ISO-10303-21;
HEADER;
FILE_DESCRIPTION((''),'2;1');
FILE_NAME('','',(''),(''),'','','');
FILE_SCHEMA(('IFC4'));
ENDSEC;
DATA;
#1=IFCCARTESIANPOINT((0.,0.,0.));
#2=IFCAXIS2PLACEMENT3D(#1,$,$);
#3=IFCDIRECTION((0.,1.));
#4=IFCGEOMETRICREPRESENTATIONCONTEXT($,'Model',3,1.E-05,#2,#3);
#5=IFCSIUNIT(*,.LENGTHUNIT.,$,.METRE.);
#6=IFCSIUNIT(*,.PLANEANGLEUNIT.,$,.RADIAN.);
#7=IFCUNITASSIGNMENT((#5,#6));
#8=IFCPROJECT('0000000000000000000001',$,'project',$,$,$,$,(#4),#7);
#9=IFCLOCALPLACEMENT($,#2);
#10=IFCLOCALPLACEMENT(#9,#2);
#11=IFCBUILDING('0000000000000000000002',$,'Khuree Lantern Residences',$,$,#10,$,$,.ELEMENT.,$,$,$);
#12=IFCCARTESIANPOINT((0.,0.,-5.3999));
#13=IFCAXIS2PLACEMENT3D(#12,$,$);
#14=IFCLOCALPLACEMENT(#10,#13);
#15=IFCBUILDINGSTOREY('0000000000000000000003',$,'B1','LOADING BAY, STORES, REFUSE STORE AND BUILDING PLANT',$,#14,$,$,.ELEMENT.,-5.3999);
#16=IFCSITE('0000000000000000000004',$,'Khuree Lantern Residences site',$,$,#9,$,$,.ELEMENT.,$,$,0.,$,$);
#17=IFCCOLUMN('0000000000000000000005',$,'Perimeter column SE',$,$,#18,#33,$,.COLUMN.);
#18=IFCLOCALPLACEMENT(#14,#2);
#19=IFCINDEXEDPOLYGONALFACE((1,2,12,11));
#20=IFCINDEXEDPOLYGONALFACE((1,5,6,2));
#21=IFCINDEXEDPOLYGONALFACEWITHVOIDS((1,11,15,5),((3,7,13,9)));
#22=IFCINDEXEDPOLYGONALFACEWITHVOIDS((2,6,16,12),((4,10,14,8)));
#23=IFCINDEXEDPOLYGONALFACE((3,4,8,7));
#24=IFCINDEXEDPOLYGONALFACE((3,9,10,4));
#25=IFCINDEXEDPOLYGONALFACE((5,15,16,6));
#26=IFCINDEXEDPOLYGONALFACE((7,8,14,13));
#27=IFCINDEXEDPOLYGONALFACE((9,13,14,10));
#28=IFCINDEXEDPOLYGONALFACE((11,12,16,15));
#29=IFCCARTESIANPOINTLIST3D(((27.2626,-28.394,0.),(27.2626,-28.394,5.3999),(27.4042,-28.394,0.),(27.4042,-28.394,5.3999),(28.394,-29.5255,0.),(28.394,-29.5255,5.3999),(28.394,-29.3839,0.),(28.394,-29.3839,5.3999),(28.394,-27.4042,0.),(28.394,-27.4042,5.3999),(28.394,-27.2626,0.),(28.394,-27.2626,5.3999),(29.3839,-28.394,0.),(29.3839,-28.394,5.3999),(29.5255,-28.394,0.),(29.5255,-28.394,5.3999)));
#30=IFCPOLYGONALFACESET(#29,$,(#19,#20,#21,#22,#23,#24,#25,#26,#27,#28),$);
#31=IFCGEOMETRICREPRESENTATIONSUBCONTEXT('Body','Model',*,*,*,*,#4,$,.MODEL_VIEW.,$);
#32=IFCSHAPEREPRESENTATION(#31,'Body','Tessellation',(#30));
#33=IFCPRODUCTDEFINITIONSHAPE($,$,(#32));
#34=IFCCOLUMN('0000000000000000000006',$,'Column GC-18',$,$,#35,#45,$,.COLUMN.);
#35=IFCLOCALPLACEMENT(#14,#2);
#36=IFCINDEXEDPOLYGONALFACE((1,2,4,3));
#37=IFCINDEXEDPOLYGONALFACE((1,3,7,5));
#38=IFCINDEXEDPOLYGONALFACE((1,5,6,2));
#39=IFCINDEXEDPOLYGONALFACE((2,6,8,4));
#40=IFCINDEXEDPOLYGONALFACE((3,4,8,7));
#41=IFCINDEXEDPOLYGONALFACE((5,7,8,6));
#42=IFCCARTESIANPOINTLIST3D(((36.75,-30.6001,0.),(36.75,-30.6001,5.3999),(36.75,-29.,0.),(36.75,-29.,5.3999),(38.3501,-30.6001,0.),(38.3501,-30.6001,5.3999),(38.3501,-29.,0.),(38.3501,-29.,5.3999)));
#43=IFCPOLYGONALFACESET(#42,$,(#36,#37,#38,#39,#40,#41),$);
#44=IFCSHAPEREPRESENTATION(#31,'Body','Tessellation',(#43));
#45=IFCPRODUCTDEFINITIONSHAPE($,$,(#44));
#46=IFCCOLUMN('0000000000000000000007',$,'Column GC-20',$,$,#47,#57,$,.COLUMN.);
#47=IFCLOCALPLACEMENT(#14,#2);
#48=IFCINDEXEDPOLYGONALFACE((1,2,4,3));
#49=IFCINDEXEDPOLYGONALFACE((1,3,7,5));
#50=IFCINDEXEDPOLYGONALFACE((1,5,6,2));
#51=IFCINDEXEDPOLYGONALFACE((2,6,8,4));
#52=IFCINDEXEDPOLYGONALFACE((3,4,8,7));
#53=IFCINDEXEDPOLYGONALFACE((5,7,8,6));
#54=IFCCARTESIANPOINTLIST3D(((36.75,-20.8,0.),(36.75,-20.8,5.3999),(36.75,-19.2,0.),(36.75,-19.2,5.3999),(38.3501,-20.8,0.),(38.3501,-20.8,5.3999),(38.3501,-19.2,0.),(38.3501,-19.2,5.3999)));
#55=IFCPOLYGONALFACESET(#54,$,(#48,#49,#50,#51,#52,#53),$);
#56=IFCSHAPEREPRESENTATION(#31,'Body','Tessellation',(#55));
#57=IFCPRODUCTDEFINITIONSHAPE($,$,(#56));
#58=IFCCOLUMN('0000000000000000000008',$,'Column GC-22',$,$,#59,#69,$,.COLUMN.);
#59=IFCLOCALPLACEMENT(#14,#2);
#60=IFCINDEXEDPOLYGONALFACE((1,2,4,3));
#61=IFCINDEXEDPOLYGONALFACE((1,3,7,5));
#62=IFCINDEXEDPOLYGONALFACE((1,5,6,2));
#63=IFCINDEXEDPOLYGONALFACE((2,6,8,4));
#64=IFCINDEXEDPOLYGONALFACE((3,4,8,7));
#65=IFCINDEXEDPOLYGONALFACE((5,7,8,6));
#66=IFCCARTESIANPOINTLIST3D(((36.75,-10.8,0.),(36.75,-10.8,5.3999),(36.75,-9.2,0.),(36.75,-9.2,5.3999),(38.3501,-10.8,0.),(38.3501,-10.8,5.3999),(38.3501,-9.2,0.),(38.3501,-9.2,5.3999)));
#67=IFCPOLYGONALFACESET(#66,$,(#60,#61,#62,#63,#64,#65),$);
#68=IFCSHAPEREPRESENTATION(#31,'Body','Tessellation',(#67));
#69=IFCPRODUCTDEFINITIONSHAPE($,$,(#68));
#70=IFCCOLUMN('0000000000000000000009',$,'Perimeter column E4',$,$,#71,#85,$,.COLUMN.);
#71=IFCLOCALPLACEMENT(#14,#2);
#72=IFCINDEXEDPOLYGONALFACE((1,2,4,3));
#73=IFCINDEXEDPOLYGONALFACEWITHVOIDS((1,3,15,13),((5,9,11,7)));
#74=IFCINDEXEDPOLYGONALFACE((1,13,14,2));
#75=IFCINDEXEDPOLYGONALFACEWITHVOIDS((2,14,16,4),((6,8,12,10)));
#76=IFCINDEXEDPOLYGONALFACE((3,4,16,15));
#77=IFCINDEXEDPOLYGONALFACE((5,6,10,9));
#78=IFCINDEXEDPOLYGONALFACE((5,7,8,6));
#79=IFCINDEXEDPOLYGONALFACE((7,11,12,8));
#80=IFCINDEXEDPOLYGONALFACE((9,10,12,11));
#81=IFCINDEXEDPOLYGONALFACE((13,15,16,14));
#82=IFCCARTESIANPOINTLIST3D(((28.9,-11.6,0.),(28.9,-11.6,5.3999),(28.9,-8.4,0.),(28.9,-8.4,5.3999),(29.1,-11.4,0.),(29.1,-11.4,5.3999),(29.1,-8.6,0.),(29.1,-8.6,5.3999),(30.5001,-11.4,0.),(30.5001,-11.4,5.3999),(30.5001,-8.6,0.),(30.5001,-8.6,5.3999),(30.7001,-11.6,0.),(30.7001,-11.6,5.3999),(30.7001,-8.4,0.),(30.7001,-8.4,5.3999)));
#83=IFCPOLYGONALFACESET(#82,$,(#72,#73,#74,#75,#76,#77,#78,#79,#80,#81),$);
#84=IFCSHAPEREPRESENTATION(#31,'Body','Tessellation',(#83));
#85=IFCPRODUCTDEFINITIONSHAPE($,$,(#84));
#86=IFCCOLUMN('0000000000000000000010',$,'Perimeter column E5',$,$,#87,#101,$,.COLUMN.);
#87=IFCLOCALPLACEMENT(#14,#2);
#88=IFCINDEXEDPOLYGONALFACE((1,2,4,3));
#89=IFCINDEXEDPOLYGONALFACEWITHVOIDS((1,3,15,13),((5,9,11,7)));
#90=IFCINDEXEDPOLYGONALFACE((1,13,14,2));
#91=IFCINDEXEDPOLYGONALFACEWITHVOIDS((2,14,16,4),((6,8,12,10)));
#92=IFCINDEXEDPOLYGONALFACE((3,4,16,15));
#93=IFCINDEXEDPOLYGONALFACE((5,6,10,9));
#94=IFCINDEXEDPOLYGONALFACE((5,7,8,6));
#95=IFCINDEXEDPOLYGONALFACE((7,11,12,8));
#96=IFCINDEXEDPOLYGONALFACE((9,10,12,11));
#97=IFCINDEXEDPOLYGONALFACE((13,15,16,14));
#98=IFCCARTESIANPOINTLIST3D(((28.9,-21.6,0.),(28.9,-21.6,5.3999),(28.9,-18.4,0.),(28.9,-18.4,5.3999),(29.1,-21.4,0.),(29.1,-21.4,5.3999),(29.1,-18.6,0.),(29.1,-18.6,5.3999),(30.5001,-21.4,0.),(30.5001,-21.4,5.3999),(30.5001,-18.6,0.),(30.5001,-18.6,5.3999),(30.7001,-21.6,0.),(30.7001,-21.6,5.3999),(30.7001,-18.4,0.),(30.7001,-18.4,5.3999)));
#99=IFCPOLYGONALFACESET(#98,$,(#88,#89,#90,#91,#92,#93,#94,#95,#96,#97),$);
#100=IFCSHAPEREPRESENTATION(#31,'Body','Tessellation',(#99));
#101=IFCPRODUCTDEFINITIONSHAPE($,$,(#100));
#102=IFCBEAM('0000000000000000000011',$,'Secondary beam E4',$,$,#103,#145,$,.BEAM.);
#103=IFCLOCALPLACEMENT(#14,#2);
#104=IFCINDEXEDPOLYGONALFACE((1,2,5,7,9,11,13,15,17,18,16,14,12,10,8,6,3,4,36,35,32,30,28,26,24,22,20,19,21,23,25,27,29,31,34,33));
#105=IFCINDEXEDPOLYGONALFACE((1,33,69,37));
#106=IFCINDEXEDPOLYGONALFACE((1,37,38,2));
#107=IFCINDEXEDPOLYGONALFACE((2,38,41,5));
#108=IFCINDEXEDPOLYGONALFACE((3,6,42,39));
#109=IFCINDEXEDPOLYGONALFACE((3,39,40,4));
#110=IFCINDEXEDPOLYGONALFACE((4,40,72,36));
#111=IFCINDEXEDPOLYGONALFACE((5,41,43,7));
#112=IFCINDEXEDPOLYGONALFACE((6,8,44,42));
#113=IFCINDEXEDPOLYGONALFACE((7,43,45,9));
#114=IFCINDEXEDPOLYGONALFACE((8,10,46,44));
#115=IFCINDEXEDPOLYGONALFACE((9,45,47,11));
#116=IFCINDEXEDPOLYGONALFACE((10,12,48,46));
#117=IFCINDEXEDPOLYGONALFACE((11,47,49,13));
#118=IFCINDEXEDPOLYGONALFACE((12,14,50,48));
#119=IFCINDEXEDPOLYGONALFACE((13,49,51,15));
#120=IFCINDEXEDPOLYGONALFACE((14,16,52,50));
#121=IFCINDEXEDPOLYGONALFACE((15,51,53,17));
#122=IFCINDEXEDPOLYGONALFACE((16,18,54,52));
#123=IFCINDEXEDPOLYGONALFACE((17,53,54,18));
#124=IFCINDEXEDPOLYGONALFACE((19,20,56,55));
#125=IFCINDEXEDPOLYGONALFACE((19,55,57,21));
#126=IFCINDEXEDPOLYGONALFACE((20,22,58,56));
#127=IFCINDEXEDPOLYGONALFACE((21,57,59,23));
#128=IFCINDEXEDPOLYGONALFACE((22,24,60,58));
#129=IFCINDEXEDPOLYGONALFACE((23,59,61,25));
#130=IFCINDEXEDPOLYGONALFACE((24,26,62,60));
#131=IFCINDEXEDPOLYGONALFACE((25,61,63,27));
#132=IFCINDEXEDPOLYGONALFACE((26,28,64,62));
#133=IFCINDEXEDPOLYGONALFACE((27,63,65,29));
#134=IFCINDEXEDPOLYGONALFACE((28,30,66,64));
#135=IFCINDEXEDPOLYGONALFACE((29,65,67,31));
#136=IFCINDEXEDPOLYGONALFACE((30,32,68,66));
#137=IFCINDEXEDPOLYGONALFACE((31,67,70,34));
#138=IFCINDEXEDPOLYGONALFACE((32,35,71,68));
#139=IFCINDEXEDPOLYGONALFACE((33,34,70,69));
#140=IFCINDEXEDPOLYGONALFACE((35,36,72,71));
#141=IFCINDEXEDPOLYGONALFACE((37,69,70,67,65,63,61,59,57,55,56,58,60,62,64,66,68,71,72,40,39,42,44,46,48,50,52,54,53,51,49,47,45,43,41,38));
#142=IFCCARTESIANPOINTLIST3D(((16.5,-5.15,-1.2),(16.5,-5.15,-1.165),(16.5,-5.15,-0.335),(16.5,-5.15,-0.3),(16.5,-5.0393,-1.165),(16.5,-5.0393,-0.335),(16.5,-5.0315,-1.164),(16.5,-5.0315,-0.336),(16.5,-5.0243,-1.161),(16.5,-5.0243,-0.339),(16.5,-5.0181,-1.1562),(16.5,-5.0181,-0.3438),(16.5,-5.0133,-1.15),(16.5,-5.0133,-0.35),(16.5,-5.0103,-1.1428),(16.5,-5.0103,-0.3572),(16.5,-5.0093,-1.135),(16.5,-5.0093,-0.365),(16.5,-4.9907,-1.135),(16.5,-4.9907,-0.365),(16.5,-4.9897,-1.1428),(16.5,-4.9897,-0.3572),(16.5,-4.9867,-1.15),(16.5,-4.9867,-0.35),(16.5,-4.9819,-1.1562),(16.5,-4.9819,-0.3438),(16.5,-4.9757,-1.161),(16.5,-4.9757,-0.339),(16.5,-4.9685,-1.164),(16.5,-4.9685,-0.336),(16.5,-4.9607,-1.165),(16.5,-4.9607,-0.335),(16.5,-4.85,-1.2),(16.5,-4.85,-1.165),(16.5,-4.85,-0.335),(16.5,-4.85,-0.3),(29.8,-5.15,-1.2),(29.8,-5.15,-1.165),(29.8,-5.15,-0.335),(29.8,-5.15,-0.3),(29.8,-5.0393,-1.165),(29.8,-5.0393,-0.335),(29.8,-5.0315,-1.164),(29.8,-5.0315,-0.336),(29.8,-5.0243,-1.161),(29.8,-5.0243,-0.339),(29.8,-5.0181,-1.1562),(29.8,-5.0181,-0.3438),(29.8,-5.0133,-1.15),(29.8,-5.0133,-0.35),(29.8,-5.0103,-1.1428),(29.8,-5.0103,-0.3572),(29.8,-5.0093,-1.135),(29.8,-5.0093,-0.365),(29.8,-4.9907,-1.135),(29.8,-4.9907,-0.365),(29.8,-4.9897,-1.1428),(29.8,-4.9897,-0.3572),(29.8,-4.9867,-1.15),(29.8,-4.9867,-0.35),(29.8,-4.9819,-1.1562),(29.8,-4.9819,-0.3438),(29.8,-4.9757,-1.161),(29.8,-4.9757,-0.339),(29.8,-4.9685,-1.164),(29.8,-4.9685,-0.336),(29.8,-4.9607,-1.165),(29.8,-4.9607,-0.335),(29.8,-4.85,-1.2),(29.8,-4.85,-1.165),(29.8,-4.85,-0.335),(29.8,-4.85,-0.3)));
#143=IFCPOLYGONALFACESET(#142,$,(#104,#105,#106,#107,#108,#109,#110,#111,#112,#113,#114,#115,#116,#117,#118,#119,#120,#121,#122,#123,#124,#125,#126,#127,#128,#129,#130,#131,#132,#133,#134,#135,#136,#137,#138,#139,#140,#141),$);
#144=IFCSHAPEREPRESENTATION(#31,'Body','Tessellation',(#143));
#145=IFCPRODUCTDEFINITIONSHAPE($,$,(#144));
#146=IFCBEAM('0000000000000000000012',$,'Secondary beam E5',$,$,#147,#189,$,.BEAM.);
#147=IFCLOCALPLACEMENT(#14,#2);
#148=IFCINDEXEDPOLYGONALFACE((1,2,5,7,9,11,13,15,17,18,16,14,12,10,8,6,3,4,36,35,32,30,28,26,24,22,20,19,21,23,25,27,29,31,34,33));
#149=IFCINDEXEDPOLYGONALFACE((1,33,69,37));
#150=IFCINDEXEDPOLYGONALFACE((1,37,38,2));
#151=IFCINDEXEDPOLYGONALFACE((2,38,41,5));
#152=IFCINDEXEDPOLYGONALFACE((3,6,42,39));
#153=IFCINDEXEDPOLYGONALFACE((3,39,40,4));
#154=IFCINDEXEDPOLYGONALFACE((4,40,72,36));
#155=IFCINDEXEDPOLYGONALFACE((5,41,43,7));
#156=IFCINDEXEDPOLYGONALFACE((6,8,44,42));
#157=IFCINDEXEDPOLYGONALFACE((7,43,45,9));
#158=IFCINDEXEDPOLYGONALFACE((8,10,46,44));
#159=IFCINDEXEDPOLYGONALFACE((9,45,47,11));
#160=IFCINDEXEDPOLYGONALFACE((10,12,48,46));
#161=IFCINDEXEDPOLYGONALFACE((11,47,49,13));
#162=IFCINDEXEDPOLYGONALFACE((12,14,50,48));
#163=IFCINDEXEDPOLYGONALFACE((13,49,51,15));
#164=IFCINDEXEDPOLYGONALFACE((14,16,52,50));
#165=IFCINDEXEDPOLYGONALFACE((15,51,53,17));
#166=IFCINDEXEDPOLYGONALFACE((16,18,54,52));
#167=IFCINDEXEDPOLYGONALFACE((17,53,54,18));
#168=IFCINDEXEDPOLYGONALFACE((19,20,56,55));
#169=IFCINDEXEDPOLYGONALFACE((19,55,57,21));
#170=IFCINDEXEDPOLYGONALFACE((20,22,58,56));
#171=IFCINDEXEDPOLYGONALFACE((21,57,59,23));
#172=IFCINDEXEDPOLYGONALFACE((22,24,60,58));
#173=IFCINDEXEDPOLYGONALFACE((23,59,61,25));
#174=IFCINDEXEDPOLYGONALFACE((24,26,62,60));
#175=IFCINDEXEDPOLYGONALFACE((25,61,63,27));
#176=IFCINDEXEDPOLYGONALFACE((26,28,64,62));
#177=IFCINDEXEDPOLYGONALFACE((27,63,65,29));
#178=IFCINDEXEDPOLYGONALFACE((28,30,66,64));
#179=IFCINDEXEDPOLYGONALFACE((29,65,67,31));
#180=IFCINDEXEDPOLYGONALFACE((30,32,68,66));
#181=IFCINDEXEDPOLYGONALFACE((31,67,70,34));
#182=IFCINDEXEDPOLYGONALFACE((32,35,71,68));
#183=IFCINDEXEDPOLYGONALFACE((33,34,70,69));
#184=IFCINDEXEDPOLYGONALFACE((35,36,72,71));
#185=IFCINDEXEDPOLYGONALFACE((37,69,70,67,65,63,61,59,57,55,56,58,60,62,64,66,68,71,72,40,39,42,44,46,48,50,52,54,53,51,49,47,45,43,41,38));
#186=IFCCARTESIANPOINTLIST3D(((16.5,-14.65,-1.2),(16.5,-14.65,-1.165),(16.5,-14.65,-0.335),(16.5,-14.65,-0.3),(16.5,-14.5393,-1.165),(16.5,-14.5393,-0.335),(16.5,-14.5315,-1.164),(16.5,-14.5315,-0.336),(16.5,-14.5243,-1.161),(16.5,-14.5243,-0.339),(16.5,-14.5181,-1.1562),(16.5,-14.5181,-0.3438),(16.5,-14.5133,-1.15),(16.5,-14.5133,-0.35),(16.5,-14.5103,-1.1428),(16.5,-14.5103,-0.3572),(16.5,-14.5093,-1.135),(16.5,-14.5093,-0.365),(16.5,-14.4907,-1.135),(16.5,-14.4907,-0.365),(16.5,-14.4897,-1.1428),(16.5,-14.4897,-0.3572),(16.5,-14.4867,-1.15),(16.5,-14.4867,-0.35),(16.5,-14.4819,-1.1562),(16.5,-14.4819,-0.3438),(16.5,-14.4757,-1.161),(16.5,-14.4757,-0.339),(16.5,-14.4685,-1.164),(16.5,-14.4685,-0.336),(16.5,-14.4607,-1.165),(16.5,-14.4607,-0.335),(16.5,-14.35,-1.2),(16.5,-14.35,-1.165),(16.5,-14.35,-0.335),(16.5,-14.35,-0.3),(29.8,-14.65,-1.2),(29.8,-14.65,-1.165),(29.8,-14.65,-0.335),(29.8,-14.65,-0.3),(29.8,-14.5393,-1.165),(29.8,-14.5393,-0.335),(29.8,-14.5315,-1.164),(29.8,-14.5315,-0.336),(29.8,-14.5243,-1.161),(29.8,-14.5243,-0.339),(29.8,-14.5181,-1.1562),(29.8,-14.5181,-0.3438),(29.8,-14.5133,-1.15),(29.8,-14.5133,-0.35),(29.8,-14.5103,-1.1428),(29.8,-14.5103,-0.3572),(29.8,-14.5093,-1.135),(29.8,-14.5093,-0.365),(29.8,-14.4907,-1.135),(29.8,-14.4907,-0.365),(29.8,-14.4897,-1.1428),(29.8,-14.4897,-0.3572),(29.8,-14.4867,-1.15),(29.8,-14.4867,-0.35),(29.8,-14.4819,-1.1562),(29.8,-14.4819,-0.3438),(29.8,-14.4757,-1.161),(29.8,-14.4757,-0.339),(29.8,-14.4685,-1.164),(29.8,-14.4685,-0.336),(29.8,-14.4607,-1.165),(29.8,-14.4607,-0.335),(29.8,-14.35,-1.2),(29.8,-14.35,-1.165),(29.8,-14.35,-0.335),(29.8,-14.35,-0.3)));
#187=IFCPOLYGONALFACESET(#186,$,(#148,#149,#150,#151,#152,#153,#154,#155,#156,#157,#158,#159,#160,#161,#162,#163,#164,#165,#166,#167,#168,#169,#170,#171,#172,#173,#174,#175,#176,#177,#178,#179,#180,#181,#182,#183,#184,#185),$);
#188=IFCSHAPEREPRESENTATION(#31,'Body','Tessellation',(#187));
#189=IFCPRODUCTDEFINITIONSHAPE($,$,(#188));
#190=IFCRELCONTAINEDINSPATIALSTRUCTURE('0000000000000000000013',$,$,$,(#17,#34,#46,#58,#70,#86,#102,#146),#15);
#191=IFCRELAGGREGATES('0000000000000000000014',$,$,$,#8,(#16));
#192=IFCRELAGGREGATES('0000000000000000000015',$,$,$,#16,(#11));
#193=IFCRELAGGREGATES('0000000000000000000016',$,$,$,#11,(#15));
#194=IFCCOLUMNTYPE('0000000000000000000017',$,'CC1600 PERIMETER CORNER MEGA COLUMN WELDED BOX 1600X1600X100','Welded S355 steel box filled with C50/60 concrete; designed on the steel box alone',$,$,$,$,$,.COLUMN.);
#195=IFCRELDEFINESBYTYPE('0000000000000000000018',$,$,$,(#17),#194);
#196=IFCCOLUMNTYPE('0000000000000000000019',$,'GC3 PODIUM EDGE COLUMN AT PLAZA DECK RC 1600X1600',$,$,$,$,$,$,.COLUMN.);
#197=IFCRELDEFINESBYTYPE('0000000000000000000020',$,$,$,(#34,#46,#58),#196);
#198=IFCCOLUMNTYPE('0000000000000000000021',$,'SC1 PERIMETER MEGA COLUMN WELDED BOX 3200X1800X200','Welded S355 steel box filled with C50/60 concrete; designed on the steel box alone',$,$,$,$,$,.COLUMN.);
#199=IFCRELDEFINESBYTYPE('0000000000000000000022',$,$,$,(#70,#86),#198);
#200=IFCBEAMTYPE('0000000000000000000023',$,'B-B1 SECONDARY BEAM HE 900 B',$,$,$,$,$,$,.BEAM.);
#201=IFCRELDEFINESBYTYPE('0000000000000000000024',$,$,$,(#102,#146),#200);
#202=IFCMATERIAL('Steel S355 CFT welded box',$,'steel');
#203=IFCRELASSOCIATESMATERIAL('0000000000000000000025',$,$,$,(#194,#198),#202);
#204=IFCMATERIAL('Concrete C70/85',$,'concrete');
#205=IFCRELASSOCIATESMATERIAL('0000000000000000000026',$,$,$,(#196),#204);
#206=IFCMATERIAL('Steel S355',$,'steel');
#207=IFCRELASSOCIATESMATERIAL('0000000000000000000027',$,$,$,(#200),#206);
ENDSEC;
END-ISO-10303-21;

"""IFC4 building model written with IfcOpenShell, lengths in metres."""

from ifc_helpers import new_model, si_unit, direction, frame, origin, origin_2d, place, context, subcontext, project, spatial, rectangle, hollow_rectangle, i_section, extrude, material, material_profile, profile_set, type_object, element, save


model = new_model("IFC4")

# Units and contexts
model_context = context("Model", 3, precision=1e-05, world=origin(), true_north=direction((0.0, 1.0)))
body_context = subcontext(model_context, "Body", "Model", "MODEL_VIEW")
ifc_project = project(units=[si_unit("LENGTHUNIT", "METRE"), si_unit("PLANEANGLEUNIT", "RADIAN")], contexts=[model_context])

# Site, building, storey
site_placement = place(None, origin())
site = spatial("IfcSite", under=ifc_project, at=site_placement, Name="Khuree Lantern Residences site", CompositionType="ELEMENT", RefElevation=0.0)
building_placement = place(site_placement, origin())
building = spatial("IfcBuilding", under=site, at=building_placement, Name="Khuree Lantern Residences", CompositionType="ELEMENT")
storey_placement = place(building_placement, frame((0.0, 0.0, -5.3999)))
storey = spatial("IfcBuildingStorey", under=building, at=storey_placement, Name="B1", Description="LOADING BAY, STORES, REFUSE STORE AND BUILDING PLANT", CompositionType="ELEMENT", Elevation=-5.3999)

# Columns
ifc_material_1 = material(Name="Steel S355 CFT welded box", Category="steel")
ifc_material_profile_1 = material_profile(ifc_material_1, hollow_rectangle(XDim=1.6001, YDim=1.6001, WallThickness=0.1001, at=origin_2d()), Name="WELDED BOX 1600X1600X100")
ifc_profile_set_1 = profile_set([ifc_material_profile_1], Name="Steel S355 CFT welded box")
column_type_1 = type_object("IfcColumnType", Name="CC1600 PERIMETER CORNER MEGA COLUMN WELDED BOX 1600X1600X100", Description="Welded S355 steel box filled with C50/60 concrete; designed on the steel box alone", PredefinedType="COLUMN", material=ifc_profile_set_1)
column_placement = place(storey_placement, frame((28.394, -28.394, 0.0), z_axis=(0.0, 0.0, 1.0), x_axis=(0.707107, 0.707107, 0.0)))
element("IfcColumn", 1, at=column_placement, inside=storey, type_object=column_type_1, Name="Perimeter column SE", PredefinedType="COLUMN", context=body_context, shape_type="SweptSolid", body=[
    extrude(hollow_rectangle(XDim=1.6001, YDim=1.6001, WallThickness=0.1001, at=origin_2d()), origin(), (0.0, 0.0, 1.0), 5.3999),
])
ifc_material_2 = material(Name="Concrete C70/85", Category="concrete")
ifc_material_profile_2 = material_profile(ifc_material_2, rectangle(XDim=1.6001, YDim=1.6001, at=origin_2d()), Name="RC 1600X1600")
ifc_profile_set_2 = profile_set([ifc_material_profile_2], Name="Concrete C70/85")
column_type_2 = type_object("IfcColumnType", Name="GC3 PODIUM EDGE COLUMN AT PLAZA DECK RC 1600X1600", PredefinedType="COLUMN", material=ifc_profile_set_2)
for number, where, z_axis, x_axis, name in (
    (2, (37.55, -29.8, 0.0), (0.0, 0.0, 1.0), (1.0, 0.0, 0.0), "Column GC-18"),
    (3, (37.55, -20.0, 0.0), (0.0, 0.0, 1.0), (1.0, 0.0, 0.0), "Column GC-20"),
    (4, (37.55, -10.0, 0.0), (0.0, 0.0, 1.0), (1.0, 0.0, 0.0), "Column GC-22"),
):
    element("IfcColumn", number, at=place(storey_placement, frame(where, z_axis=z_axis, x_axis=x_axis)), inside=storey, type_object=column_type_2, Name=name, PredefinedType="COLUMN", context=body_context, shape_type="SweptSolid", body=[
        extrude(rectangle(XDim=1.6001, YDim=1.6001, at=origin_2d()), origin(), (0.0, 0.0, 1.0), 5.3999),
    ])
ifc_material_profile_3 = material_profile(ifc_material_1, hollow_rectangle(XDim=3.2, YDim=1.8, WallThickness=0.2, at=origin_2d()), Name="WELDED BOX 3200X1800X200")
ifc_profile_set_3 = profile_set([ifc_material_profile_3], Name="Steel S355 CFT welded box")
column_type_3 = type_object("IfcColumnType", Name="SC1 PERIMETER MEGA COLUMN WELDED BOX 3200X1800X200", Description="Welded S355 steel box filled with C50/60 concrete; designed on the steel box alone", PredefinedType="COLUMN", material=ifc_profile_set_3)
for number, where, z_axis, x_axis, name in (
    (5, (29.8, -10.0, 0.0), (0.0, 0.0, 1.0), (0.0, 1.0, 0.0), "Perimeter column E4"),
    (6, (29.8, -20.0, 0.0), (0.0, 0.0, 1.0), (0.0, 1.0, 0.0), "Perimeter column E5"),
):
    element("IfcColumn", number, at=place(storey_placement, frame(where, z_axis=z_axis, x_axis=x_axis)), inside=storey, type_object=column_type_3, Name=name, PredefinedType="COLUMN", context=body_context, shape_type="SweptSolid", body=[
        extrude(hollow_rectangle(XDim=3.2, YDim=1.8, WallThickness=0.2, at=origin_2d()), origin(), (0.0, 0.0, 1.0), 5.3999),
    ])

# Beams
ifc_material_3 = material(Name="Steel S355", Category="steel")
ifc_material_profile_4 = material_profile(ifc_material_3, i_section(OverallWidth=0.3, OverallDepth=0.8999, WebThickness=0.0186, FlangeThickness=0.0349, FilletRadius=0.03, at=origin_2d()), Name="HE 900 B")
ifc_profile_set_4 = profile_set([ifc_material_profile_4], Name="Steel S355")
beam_type_1 = type_object("IfcBeamType", Name="B-B1 SECONDARY BEAM HE 900 B", PredefinedType="BEAM", material=ifc_profile_set_4)
for number, where, z_axis, x_axis, name in (
    (7, (29.8, -5.0, -0.75), (-1.0, 0.0, 0.0), (0.0, -1.0, 0.0), "Secondary beam E4"),
    (8, (29.8, -14.5, -0.75), (-1.0, 0.0, 0.0), (0.0, -1.0, 0.0), "Secondary beam E5"),
):
    element("IfcBeam", number, at=place(storey_placement, frame(where, z_axis=z_axis, x_axis=x_axis)), inside=storey, type_object=beam_type_1, Name=name, PredefinedType="BEAM", context=body_context, shape_type="SweptSolid", body=[
        extrude(i_section(OverallWidth=0.3, OverallDepth=0.8999, WebThickness=0.0186, FlangeThickness=0.0349, FilletRadius=0.03, at=origin_2d()), origin(), (0.0, 0.0, 1.0), 13.3),
    ])

save(model, "model.ifc")
